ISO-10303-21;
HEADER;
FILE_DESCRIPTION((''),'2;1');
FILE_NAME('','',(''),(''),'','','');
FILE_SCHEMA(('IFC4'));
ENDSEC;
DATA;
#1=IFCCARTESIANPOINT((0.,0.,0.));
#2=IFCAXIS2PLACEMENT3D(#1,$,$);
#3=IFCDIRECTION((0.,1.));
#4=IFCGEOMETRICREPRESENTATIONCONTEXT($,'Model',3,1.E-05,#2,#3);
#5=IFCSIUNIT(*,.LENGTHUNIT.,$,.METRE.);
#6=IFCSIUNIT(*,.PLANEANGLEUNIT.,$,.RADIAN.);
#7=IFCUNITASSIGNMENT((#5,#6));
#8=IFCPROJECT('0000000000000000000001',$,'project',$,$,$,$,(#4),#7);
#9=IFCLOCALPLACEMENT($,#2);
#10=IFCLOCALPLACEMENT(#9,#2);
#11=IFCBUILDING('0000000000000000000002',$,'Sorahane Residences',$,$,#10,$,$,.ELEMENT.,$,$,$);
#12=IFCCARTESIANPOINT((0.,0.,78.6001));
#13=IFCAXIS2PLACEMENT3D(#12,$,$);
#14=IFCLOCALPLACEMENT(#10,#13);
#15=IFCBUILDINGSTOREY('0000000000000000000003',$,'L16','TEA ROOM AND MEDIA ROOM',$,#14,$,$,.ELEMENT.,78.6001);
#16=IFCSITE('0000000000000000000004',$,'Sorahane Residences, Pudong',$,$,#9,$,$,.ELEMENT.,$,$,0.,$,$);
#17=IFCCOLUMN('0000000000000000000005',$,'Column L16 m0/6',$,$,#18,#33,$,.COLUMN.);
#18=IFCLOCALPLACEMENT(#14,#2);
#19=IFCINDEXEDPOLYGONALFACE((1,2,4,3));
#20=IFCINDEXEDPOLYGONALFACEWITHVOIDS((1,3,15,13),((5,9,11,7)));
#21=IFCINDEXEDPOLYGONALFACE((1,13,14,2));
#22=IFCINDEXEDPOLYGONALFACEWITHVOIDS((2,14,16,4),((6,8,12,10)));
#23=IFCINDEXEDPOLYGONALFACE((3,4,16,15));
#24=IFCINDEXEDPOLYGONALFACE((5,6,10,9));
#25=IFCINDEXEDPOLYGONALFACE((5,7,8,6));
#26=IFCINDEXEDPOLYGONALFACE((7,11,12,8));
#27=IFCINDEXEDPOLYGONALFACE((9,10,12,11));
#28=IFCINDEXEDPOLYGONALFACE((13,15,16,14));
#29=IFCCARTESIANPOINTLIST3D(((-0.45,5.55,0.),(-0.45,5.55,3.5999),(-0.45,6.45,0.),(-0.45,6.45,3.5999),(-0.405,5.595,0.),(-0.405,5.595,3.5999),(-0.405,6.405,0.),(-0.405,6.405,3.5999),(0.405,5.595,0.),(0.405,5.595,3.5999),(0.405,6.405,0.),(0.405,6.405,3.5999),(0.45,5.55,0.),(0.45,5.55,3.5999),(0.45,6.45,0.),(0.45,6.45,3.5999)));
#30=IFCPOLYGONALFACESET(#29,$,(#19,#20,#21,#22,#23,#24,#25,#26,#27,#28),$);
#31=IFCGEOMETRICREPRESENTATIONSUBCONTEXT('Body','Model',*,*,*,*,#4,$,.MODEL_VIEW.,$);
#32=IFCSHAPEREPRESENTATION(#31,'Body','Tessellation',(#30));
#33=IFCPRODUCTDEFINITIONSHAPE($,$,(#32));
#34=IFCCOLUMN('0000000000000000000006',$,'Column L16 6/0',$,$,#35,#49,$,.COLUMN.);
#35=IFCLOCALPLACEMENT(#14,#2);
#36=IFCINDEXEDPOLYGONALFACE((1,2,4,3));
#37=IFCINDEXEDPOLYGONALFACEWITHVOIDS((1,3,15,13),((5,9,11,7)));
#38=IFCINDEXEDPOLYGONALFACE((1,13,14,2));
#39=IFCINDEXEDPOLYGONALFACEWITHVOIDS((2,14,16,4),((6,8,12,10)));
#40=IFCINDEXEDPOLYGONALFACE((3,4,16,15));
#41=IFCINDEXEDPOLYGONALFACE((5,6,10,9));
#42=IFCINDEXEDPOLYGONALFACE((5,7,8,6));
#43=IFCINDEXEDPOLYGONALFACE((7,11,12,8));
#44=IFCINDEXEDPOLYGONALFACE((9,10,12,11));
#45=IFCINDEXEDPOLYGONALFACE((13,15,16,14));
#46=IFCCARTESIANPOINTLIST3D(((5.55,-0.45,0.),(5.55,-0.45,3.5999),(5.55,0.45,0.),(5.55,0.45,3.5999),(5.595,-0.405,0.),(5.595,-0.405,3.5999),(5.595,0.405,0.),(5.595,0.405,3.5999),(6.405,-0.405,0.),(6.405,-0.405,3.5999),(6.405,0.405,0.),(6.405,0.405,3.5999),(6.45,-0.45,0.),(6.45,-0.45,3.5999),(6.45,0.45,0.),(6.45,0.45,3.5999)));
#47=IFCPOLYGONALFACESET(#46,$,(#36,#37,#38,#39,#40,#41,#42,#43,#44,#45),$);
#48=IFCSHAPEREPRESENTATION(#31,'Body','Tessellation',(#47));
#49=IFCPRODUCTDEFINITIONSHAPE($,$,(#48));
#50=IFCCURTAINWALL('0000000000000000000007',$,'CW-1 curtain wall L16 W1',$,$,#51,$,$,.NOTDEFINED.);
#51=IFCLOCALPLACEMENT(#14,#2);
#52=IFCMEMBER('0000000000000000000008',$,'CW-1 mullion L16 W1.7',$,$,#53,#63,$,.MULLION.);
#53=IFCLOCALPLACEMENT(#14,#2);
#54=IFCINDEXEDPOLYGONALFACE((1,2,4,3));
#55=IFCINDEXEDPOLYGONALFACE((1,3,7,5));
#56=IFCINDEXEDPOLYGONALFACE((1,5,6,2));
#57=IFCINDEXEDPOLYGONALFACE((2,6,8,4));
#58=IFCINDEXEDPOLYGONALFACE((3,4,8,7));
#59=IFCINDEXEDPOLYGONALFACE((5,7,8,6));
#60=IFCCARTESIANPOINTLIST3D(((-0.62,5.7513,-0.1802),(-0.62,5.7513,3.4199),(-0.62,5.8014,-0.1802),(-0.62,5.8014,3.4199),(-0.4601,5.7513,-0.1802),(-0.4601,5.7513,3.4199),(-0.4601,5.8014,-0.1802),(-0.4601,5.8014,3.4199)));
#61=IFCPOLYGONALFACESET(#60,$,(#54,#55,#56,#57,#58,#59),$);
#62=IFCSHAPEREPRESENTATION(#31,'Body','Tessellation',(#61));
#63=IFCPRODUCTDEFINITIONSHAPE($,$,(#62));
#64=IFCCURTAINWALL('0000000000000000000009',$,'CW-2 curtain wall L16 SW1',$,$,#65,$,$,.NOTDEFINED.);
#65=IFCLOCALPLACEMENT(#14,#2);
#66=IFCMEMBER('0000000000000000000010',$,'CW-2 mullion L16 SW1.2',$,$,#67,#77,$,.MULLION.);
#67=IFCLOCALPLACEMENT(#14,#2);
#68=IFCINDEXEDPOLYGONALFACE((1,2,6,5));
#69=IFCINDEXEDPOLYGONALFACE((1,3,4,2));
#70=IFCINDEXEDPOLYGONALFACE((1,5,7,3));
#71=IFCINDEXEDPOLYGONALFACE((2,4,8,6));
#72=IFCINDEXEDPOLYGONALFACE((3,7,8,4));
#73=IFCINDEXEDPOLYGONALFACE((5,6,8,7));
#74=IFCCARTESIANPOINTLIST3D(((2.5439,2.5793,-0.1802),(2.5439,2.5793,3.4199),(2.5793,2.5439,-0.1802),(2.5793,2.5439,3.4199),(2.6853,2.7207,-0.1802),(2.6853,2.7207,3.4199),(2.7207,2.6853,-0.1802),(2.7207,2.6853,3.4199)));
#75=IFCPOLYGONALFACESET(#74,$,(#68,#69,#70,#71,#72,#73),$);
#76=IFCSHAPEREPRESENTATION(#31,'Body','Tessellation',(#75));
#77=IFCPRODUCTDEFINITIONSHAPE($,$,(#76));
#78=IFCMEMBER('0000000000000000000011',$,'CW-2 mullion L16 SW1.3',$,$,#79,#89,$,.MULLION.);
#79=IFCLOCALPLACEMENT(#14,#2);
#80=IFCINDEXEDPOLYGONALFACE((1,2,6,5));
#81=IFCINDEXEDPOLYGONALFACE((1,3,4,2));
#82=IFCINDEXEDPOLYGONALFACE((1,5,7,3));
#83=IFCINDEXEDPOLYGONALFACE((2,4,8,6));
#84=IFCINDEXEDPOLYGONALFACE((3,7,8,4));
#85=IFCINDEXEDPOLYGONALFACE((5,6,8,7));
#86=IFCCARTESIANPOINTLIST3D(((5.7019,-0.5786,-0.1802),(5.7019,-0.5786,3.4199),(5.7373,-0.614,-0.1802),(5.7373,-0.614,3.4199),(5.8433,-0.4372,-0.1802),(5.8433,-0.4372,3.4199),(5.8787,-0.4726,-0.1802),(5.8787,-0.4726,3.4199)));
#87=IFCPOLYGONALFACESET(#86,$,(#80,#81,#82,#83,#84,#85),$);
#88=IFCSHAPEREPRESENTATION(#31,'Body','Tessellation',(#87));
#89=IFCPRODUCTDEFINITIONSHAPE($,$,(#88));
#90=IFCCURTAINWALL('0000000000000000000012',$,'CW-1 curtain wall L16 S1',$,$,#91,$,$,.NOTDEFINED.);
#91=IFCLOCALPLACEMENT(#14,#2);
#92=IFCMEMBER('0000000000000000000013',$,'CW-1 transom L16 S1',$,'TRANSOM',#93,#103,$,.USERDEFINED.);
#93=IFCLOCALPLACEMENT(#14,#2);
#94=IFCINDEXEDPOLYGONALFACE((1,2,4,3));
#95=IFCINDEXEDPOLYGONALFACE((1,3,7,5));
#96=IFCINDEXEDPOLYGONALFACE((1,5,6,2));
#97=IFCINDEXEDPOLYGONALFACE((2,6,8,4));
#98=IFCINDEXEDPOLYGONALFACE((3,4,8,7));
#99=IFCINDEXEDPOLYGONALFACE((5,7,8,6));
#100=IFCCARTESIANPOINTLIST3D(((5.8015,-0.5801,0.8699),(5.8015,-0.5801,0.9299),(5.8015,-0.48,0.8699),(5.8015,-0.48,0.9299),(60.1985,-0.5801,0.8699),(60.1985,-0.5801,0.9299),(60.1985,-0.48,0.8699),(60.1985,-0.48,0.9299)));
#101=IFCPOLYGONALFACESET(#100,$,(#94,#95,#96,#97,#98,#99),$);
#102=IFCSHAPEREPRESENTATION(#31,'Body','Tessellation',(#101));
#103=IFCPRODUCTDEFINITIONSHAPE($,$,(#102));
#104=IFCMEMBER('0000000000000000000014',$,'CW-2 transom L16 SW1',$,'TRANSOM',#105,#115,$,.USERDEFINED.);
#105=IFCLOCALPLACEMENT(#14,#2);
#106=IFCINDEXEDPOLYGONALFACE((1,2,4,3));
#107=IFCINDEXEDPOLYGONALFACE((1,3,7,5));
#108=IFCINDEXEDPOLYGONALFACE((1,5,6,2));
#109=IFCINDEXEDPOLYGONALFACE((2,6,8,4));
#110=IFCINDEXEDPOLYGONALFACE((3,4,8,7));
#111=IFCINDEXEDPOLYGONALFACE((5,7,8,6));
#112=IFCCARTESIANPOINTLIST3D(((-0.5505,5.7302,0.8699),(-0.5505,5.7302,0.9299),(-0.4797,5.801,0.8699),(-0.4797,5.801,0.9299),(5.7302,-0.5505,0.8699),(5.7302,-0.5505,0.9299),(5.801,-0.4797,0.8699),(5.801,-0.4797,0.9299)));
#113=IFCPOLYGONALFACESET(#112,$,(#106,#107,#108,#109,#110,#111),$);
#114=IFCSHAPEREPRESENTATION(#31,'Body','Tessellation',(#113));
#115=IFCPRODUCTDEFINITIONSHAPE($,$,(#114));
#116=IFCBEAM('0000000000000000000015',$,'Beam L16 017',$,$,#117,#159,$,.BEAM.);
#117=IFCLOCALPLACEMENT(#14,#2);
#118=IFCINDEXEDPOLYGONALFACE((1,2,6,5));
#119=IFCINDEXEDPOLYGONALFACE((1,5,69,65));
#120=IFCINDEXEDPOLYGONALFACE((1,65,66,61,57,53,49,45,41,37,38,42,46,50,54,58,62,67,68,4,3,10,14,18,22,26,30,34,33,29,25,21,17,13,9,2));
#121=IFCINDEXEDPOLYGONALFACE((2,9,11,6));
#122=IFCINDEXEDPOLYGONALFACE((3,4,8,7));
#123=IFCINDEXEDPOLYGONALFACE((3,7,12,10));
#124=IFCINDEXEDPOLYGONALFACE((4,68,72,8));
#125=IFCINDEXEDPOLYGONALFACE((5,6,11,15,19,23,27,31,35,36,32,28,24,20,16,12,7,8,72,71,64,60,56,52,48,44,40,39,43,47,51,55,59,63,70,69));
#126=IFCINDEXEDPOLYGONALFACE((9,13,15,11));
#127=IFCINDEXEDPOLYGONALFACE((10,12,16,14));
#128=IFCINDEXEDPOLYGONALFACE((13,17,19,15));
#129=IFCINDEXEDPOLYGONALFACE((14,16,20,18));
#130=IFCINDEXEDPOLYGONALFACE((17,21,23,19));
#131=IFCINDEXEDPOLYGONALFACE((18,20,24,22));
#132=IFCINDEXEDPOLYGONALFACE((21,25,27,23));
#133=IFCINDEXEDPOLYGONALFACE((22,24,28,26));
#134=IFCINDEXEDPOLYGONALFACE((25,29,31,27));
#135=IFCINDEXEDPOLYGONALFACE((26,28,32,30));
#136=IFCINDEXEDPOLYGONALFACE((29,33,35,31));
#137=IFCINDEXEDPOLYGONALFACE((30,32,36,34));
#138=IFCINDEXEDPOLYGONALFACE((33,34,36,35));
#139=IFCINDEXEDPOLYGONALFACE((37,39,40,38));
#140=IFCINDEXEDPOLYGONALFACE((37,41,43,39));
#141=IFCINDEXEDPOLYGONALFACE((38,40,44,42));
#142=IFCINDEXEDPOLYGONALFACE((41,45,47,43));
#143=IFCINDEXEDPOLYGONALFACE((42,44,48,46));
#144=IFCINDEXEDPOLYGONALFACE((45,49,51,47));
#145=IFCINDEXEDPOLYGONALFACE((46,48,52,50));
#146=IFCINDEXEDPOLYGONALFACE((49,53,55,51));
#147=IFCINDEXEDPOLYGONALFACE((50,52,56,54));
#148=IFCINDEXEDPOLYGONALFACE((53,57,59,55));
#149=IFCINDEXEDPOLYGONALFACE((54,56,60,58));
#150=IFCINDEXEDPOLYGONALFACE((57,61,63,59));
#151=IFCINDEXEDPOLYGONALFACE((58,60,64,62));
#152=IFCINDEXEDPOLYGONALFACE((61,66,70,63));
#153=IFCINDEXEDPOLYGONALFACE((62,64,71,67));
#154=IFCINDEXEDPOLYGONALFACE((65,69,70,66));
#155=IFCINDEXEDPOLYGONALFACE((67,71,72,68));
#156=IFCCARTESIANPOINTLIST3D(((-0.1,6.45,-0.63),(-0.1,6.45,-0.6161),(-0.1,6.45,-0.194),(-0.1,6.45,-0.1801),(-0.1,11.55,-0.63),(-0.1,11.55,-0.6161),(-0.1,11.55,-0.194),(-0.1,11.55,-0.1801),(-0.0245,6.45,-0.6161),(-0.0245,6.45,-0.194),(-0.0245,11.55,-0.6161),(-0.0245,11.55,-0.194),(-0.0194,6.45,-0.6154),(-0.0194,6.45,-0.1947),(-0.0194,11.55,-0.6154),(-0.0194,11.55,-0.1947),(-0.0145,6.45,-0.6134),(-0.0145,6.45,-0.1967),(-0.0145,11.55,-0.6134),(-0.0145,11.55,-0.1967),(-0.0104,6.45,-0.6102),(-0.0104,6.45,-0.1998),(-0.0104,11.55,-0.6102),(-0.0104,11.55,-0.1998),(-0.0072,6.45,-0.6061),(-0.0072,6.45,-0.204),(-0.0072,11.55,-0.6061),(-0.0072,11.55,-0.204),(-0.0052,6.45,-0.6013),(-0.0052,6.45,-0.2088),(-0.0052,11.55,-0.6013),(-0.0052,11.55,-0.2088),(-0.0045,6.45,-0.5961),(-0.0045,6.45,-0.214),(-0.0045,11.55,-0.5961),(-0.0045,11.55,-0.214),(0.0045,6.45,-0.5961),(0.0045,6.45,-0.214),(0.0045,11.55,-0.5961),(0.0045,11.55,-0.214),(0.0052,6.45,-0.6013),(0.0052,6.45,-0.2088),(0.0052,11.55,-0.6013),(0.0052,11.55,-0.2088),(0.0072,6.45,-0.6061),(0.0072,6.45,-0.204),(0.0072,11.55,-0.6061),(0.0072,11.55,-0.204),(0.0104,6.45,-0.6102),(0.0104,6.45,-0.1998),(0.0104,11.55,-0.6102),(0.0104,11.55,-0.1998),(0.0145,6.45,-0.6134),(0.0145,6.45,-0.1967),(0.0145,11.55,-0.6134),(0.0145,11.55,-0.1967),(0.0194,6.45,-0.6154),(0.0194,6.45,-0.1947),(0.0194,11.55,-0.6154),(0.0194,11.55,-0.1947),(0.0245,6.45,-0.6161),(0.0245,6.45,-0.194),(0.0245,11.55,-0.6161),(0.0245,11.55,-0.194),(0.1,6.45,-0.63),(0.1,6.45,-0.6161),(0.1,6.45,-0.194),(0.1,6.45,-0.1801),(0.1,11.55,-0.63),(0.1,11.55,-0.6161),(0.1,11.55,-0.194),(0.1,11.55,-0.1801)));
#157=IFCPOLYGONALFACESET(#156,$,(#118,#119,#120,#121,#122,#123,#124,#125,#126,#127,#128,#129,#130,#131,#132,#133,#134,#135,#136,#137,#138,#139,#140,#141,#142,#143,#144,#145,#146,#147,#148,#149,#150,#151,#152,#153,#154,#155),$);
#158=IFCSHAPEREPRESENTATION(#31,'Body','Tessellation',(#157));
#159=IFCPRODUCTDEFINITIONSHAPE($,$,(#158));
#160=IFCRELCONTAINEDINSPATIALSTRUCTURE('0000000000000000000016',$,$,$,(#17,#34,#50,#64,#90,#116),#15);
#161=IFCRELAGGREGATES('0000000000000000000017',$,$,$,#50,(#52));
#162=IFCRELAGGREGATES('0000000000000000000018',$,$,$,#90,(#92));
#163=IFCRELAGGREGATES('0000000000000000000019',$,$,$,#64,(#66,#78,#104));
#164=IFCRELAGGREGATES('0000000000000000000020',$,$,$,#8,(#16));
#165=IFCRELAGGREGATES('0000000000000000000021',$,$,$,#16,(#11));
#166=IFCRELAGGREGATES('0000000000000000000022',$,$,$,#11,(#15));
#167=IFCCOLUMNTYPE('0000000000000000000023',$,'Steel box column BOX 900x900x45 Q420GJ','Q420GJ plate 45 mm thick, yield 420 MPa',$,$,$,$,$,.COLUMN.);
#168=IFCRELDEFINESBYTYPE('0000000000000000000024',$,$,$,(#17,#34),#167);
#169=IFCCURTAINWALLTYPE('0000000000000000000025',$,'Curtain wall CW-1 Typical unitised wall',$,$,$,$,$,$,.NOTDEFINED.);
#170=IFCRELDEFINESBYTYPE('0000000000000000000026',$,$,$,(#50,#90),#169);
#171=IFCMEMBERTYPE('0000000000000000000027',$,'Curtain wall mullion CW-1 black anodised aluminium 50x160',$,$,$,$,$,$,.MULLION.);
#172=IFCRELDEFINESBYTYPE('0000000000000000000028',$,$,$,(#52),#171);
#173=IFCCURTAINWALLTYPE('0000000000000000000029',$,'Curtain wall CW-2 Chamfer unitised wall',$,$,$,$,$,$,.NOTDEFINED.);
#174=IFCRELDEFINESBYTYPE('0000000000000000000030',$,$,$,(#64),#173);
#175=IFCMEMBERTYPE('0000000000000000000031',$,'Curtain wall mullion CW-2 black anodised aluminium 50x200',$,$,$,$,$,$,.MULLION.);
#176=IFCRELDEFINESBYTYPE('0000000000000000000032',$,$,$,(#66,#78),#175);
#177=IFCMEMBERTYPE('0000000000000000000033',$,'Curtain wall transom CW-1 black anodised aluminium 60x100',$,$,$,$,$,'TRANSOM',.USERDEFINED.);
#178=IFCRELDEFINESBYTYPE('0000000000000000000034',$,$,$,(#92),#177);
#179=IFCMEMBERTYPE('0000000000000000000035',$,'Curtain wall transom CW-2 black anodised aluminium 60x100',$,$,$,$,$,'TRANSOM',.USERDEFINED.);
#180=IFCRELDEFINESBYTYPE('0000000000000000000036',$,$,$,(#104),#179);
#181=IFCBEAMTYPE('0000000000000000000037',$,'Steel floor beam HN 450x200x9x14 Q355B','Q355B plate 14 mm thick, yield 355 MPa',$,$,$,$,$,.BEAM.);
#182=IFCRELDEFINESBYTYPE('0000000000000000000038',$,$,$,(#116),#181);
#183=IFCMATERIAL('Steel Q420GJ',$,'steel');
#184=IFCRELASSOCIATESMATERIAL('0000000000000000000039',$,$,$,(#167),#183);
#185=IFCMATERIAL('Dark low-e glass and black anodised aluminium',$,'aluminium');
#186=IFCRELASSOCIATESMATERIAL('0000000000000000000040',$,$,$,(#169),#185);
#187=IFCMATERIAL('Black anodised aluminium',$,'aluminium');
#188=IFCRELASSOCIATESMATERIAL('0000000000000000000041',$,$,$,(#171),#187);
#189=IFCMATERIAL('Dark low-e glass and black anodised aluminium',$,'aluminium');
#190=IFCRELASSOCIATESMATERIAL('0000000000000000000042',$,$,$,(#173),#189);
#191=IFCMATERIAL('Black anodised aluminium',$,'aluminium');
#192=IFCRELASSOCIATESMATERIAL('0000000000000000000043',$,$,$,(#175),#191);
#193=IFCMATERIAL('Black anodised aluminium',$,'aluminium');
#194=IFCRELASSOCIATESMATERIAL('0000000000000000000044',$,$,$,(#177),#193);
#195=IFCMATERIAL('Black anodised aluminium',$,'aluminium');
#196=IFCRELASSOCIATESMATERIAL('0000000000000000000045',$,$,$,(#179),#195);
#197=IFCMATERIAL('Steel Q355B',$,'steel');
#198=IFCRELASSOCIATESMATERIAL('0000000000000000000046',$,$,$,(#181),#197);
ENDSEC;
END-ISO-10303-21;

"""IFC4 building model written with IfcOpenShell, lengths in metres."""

from ifc_helpers import new_model, si_unit, direction, frame, origin, origin_2d, place, context, subcontext, project, spatial, rectangle, hollow_rectangle, i_section, extrude, material, material_profile, profile_set, type_object, element, aggregate, save


model = new_model("IFC4")

# Units and contexts
model_context = context("Model", 3, precision=1e-05, world=origin(), true_north=direction((0.0, 1.0)))
body_context = subcontext(model_context, "Body", "Model", "MODEL_VIEW")
ifc_project = project(units=[si_unit("LENGTHUNIT", "METRE"), si_unit("PLANEANGLEUNIT", "RADIAN")], contexts=[model_context])

# Site, building, storey
site_placement = place(None, origin())
site = spatial("IfcSite", under=ifc_project, at=site_placement, Name="Sorahane Residences, Pudong", CompositionType="ELEMENT", RefElevation=0.0)
building_placement = place(site_placement, origin())
building = spatial("IfcBuilding", under=site, at=building_placement, Name="Sorahane Residences", CompositionType="ELEMENT")
storey_placement = place(building_placement, frame((0.0, 0.0, 78.6001)))
storey = spatial("IfcBuildingStorey", under=building, at=storey_placement, Name="L16", Description="TEA ROOM AND MEDIA ROOM", CompositionType="ELEMENT", Elevation=78.6001)

# Columns
ifc_material_1 = material(Name="Steel Q420GJ", Category="steel")
ifc_material_profile_1 = material_profile(ifc_material_1, hollow_rectangle(XDim=0.8999, YDim=0.8999, WallThickness=0.0449, at=origin_2d()), Name="BOX 900x900x45")
ifc_profile_set_1 = profile_set([ifc_material_profile_1], Name="Steel Q420GJ")
column_type = type_object("IfcColumnType", Name="Steel box column BOX 900x900x45 Q420GJ", Description="Q420GJ plate 45 mm thick, yield 420 MPa", PredefinedType="COLUMN", material=ifc_profile_set_1)
for number, where, z_axis, x_axis, name in (
    (1, (0.0, 6.0, 0.0), (0.0, 0.0, 1.0), (1.0, 0.0, 0.0), "Column L16 m0/6"),
    (2, (6.0, 0.0, 0.0), (0.0, 0.0, 1.0), (1.0, 0.0, 0.0), "Column L16 6/0"),
):
    element("IfcColumn", number, at=place(storey_placement, frame(where, z_axis=z_axis, x_axis=x_axis)), inside=storey, type_object=column_type, Name=name, PredefinedType="COLUMN", context=body_context, shape_type="SweptSolid", body=[
        extrude(hollow_rectangle(XDim=0.8999, YDim=0.8999, WallThickness=0.0449, at=origin_2d()), origin(), (0.0, 0.0, 1.0), 3.5999),
    ])

# Curtain wall, member
ifc_material_2 = material(Name="Dark low-e glass and black anodised aluminium", Category="aluminium")
curtain_wall_type_1 = type_object("IfcCurtainWallType", Name="Curtain wall CW-1 Typical unitised wall", PredefinedType="NOTDEFINED", material=ifc_material_2)
curtain_wall_1_placement = place(storey_placement, origin())
curtain_wall_1 = element("IfcCurtainWall", 3, at=curtain_wall_1_placement, inside=storey, type_object=curtain_wall_type_1, Name="CW-1 curtain wall L16 W1", PredefinedType="NOTDEFINED")
ifc_material_3 = material(Name="Black anodised aluminium", Category="aluminium")
ifc_material_profile_2 = material_profile(ifc_material_3, rectangle(XDim=0.1599, YDim=0.05, at=origin_2d()), Name="Curtain wall mullion CW-1 black anodised aluminium 50x160")
ifc_profile_set_2 = profile_set([ifc_material_profile_2], Name="Black anodised aluminium")
member_type_1 = type_object("IfcMemberType", Name="Curtain wall mullion CW-1 black anodised aluminium 50x160", PredefinedType="MULLION", material=ifc_profile_set_2)
member_1_placement = place(storey_placement, frame((-0.54, 5.7764, -0.1802), z_axis=(0.0, 0.0, 1.0), x_axis=(-1.0, 0.0, 0.0)))
member_1 = element("IfcMember", 4, at=member_1_placement, type_object=member_type_1, Name="CW-1 mullion L16 W1.7", PredefinedType="MULLION", context=body_context, shape_type="SweptSolid", body=[
    extrude(rectangle(XDim=0.1599, YDim=0.05, at=origin_2d()), origin(), (0.0, 0.0, 1.0), 3.6001),
])
aggregate(curtain_wall_1, [member_1])

# Curtain wall, members
ifc_material_4 = material(Name="Dark low-e glass and black anodised aluminium", Category="aluminium")
curtain_wall_type_2 = type_object("IfcCurtainWallType", Name="Curtain wall CW-2 Chamfer unitised wall", PredefinedType="NOTDEFINED", material=ifc_material_4)
curtain_wall_2_placement = place(storey_placement, origin())
curtain_wall_2 = element("IfcCurtainWall", 5, at=curtain_wall_2_placement, inside=storey, type_object=curtain_wall_type_2, Name="CW-2 curtain wall L16 SW1", PredefinedType="NOTDEFINED")
ifc_material_5 = material(Name="Black anodised aluminium", Category="aluminium")
ifc_material_profile_3 = material_profile(ifc_material_5, rectangle(XDim=0.2, YDim=0.05, at=origin_2d()), Name="Curtain wall mullion CW-2 black anodised aluminium 50x200")
ifc_profile_set_3 = profile_set([ifc_material_profile_3], Name="Black anodised aluminium")
member_type_2 = type_object("IfcMemberType", Name="Curtain wall mullion CW-2 black anodised aluminium 50x200", PredefinedType="MULLION", material=ifc_profile_set_3)
member_2_placement = place(storey_placement, frame((2.6323, 2.6323, -0.1802), z_axis=(0.0, 0.0, 1.0), x_axis=(-0.707107, -0.707107, 0.0)))
member_2 = element("IfcMember", 6, at=member_2_placement, type_object=member_type_2, Name="CW-2 mullion L16 SW1.2", PredefinedType="MULLION", context=body_context, shape_type="SweptSolid", body=[
    extrude(rectangle(XDim=0.2, YDim=0.05, at=origin_2d()), origin(), (0.0, 0.0, 1.0), 3.6001),
])
member_3_placement = place(storey_placement, frame((5.7903, -0.5256, -0.1802), z_axis=(0.0, 0.0, 1.0), x_axis=(-0.707107, -0.707107, 0.0)))
member_3 = element("IfcMember", 7, at=member_3_placement, type_object=member_type_2, Name="CW-2 mullion L16 SW1.3", PredefinedType="MULLION", context=body_context, shape_type="SweptSolid", body=[
    extrude(rectangle(XDim=0.2, YDim=0.05, at=origin_2d()), origin(), (0.0, 0.0, 1.0), 3.6001),
])

# Curtain wall, member
curtain_wall_3_placement = place(storey_placement, origin())
curtain_wall_3 = element("IfcCurtainWall", 8, at=curtain_wall_3_placement, inside=storey, type_object=curtain_wall_type_1, Name="CW-1 curtain wall L16 S1", PredefinedType="NOTDEFINED")
ifc_material_6 = material(Name="Black anodised aluminium", Category="aluminium")
ifc_material_profile_4 = material_profile(ifc_material_6, rectangle(XDim=0.1001, YDim=0.0601, at=origin_2d()), Name="Curtain wall transom CW-1 black anodised aluminium 60x100")
ifc_profile_set_4 = profile_set([ifc_material_profile_4], Name="Black anodised aluminium")
member_type_3 = type_object("IfcMemberType", Name="Curtain wall transom CW-1 black anodised aluminium 60x100", ElementType="TRANSOM", PredefinedType="USERDEFINED", material=ifc_profile_set_4)
member_4_placement = place(storey_placement, frame((5.8015, -0.53, 0.8999), z_axis=(1.0, 0.0, 0.0), x_axis=(0.0, 1.0, 0.0)))
member_4 = element("IfcMember", 9, at=member_4_placement, type_object=member_type_3, Name="CW-1 transom L16 S1", ObjectType="TRANSOM", PredefinedType="USERDEFINED", context=body_context, shape_type="SweptSolid", body=[
    extrude(rectangle(XDim=0.1001, YDim=0.0601, at=origin_2d()), origin(), (0.0, 0.0, 1.0), 54.397),
])
aggregate(curtain_wall_3, [member_4])

# Member
ifc_material_7 = material(Name="Black anodised aluminium", Category="aluminium")
ifc_material_profile_5 = material_profile(ifc_material_7, rectangle(XDim=0.1001, YDim=0.0601, at=origin_2d()), Name="Curtain wall transom CW-2 black anodised aluminium 60x100")
ifc_profile_set_5 = profile_set([ifc_material_profile_5], Name="Black anodised aluminium")
member_type_4 = type_object("IfcMemberType", Name="Curtain wall transom CW-2 black anodised aluminium 60x100", ElementType="TRANSOM", PredefinedType="USERDEFINED", material=ifc_profile_set_5)
member_5_placement = place(storey_placement, frame((-0.5151, 5.7656, 0.8999), z_axis=(0.707107, -0.707107, 0.0), x_axis=(0.707107, 0.707107, 0.0)))
member_5 = element("IfcMember", 10, at=member_5_placement, type_object=member_type_4, Name="CW-2 transom L16 SW1", ObjectType="TRANSOM", PredefinedType="USERDEFINED", context=body_context, shape_type="SweptSolid", body=[
    extrude(rectangle(XDim=0.1001, YDim=0.0601, at=origin_2d()), origin(), (0.0, 0.0, 1.0), 8.8823),
])

# Beam
ifc_material_8 = material(Name="Steel Q355B", Category="steel")
ifc_material_profile_6 = material_profile(ifc_material_8, i_section(OverallWidth=0.2, OverallDepth=0.45, WebThickness=0.009, FlangeThickness=0.0139, FilletRadius=0.02, at=origin_2d()), Name="HN 450x200x9x14")
ifc_profile_set_6 = profile_set([ifc_material_profile_6], Name="Steel Q355B")
beam_type_1 = type_object("IfcBeamType", Name="Steel floor beam HN 450x200x9x14 Q355B", Description="Q355B plate 14 mm thick, yield 355 MPa", PredefinedType="BEAM", material=ifc_profile_set_6)
beam_1_placement = place(storey_placement, frame((0.0, 6.45, -0.405), z_axis=(0.0, 1.0, 0.0), x_axis=(-1.0, 0.0, 0.0)))
element("IfcBeam", 11, at=beam_1_placement, inside=storey, type_object=beam_type_1, Name="Beam L16 017", PredefinedType="BEAM", context=body_context, shape_type="SweptSolid", body=[
    extrude(i_section(OverallWidth=0.2, OverallDepth=0.45, WebThickness=0.009, FlangeThickness=0.0139, FilletRadius=0.02, at=origin_2d()), origin(), (0.0, 0.0, 1.0), 5.1001),
])

aggregate(curtain_wall_2, [member_2, member_3, member_5])

save(model, "model.ifc")
